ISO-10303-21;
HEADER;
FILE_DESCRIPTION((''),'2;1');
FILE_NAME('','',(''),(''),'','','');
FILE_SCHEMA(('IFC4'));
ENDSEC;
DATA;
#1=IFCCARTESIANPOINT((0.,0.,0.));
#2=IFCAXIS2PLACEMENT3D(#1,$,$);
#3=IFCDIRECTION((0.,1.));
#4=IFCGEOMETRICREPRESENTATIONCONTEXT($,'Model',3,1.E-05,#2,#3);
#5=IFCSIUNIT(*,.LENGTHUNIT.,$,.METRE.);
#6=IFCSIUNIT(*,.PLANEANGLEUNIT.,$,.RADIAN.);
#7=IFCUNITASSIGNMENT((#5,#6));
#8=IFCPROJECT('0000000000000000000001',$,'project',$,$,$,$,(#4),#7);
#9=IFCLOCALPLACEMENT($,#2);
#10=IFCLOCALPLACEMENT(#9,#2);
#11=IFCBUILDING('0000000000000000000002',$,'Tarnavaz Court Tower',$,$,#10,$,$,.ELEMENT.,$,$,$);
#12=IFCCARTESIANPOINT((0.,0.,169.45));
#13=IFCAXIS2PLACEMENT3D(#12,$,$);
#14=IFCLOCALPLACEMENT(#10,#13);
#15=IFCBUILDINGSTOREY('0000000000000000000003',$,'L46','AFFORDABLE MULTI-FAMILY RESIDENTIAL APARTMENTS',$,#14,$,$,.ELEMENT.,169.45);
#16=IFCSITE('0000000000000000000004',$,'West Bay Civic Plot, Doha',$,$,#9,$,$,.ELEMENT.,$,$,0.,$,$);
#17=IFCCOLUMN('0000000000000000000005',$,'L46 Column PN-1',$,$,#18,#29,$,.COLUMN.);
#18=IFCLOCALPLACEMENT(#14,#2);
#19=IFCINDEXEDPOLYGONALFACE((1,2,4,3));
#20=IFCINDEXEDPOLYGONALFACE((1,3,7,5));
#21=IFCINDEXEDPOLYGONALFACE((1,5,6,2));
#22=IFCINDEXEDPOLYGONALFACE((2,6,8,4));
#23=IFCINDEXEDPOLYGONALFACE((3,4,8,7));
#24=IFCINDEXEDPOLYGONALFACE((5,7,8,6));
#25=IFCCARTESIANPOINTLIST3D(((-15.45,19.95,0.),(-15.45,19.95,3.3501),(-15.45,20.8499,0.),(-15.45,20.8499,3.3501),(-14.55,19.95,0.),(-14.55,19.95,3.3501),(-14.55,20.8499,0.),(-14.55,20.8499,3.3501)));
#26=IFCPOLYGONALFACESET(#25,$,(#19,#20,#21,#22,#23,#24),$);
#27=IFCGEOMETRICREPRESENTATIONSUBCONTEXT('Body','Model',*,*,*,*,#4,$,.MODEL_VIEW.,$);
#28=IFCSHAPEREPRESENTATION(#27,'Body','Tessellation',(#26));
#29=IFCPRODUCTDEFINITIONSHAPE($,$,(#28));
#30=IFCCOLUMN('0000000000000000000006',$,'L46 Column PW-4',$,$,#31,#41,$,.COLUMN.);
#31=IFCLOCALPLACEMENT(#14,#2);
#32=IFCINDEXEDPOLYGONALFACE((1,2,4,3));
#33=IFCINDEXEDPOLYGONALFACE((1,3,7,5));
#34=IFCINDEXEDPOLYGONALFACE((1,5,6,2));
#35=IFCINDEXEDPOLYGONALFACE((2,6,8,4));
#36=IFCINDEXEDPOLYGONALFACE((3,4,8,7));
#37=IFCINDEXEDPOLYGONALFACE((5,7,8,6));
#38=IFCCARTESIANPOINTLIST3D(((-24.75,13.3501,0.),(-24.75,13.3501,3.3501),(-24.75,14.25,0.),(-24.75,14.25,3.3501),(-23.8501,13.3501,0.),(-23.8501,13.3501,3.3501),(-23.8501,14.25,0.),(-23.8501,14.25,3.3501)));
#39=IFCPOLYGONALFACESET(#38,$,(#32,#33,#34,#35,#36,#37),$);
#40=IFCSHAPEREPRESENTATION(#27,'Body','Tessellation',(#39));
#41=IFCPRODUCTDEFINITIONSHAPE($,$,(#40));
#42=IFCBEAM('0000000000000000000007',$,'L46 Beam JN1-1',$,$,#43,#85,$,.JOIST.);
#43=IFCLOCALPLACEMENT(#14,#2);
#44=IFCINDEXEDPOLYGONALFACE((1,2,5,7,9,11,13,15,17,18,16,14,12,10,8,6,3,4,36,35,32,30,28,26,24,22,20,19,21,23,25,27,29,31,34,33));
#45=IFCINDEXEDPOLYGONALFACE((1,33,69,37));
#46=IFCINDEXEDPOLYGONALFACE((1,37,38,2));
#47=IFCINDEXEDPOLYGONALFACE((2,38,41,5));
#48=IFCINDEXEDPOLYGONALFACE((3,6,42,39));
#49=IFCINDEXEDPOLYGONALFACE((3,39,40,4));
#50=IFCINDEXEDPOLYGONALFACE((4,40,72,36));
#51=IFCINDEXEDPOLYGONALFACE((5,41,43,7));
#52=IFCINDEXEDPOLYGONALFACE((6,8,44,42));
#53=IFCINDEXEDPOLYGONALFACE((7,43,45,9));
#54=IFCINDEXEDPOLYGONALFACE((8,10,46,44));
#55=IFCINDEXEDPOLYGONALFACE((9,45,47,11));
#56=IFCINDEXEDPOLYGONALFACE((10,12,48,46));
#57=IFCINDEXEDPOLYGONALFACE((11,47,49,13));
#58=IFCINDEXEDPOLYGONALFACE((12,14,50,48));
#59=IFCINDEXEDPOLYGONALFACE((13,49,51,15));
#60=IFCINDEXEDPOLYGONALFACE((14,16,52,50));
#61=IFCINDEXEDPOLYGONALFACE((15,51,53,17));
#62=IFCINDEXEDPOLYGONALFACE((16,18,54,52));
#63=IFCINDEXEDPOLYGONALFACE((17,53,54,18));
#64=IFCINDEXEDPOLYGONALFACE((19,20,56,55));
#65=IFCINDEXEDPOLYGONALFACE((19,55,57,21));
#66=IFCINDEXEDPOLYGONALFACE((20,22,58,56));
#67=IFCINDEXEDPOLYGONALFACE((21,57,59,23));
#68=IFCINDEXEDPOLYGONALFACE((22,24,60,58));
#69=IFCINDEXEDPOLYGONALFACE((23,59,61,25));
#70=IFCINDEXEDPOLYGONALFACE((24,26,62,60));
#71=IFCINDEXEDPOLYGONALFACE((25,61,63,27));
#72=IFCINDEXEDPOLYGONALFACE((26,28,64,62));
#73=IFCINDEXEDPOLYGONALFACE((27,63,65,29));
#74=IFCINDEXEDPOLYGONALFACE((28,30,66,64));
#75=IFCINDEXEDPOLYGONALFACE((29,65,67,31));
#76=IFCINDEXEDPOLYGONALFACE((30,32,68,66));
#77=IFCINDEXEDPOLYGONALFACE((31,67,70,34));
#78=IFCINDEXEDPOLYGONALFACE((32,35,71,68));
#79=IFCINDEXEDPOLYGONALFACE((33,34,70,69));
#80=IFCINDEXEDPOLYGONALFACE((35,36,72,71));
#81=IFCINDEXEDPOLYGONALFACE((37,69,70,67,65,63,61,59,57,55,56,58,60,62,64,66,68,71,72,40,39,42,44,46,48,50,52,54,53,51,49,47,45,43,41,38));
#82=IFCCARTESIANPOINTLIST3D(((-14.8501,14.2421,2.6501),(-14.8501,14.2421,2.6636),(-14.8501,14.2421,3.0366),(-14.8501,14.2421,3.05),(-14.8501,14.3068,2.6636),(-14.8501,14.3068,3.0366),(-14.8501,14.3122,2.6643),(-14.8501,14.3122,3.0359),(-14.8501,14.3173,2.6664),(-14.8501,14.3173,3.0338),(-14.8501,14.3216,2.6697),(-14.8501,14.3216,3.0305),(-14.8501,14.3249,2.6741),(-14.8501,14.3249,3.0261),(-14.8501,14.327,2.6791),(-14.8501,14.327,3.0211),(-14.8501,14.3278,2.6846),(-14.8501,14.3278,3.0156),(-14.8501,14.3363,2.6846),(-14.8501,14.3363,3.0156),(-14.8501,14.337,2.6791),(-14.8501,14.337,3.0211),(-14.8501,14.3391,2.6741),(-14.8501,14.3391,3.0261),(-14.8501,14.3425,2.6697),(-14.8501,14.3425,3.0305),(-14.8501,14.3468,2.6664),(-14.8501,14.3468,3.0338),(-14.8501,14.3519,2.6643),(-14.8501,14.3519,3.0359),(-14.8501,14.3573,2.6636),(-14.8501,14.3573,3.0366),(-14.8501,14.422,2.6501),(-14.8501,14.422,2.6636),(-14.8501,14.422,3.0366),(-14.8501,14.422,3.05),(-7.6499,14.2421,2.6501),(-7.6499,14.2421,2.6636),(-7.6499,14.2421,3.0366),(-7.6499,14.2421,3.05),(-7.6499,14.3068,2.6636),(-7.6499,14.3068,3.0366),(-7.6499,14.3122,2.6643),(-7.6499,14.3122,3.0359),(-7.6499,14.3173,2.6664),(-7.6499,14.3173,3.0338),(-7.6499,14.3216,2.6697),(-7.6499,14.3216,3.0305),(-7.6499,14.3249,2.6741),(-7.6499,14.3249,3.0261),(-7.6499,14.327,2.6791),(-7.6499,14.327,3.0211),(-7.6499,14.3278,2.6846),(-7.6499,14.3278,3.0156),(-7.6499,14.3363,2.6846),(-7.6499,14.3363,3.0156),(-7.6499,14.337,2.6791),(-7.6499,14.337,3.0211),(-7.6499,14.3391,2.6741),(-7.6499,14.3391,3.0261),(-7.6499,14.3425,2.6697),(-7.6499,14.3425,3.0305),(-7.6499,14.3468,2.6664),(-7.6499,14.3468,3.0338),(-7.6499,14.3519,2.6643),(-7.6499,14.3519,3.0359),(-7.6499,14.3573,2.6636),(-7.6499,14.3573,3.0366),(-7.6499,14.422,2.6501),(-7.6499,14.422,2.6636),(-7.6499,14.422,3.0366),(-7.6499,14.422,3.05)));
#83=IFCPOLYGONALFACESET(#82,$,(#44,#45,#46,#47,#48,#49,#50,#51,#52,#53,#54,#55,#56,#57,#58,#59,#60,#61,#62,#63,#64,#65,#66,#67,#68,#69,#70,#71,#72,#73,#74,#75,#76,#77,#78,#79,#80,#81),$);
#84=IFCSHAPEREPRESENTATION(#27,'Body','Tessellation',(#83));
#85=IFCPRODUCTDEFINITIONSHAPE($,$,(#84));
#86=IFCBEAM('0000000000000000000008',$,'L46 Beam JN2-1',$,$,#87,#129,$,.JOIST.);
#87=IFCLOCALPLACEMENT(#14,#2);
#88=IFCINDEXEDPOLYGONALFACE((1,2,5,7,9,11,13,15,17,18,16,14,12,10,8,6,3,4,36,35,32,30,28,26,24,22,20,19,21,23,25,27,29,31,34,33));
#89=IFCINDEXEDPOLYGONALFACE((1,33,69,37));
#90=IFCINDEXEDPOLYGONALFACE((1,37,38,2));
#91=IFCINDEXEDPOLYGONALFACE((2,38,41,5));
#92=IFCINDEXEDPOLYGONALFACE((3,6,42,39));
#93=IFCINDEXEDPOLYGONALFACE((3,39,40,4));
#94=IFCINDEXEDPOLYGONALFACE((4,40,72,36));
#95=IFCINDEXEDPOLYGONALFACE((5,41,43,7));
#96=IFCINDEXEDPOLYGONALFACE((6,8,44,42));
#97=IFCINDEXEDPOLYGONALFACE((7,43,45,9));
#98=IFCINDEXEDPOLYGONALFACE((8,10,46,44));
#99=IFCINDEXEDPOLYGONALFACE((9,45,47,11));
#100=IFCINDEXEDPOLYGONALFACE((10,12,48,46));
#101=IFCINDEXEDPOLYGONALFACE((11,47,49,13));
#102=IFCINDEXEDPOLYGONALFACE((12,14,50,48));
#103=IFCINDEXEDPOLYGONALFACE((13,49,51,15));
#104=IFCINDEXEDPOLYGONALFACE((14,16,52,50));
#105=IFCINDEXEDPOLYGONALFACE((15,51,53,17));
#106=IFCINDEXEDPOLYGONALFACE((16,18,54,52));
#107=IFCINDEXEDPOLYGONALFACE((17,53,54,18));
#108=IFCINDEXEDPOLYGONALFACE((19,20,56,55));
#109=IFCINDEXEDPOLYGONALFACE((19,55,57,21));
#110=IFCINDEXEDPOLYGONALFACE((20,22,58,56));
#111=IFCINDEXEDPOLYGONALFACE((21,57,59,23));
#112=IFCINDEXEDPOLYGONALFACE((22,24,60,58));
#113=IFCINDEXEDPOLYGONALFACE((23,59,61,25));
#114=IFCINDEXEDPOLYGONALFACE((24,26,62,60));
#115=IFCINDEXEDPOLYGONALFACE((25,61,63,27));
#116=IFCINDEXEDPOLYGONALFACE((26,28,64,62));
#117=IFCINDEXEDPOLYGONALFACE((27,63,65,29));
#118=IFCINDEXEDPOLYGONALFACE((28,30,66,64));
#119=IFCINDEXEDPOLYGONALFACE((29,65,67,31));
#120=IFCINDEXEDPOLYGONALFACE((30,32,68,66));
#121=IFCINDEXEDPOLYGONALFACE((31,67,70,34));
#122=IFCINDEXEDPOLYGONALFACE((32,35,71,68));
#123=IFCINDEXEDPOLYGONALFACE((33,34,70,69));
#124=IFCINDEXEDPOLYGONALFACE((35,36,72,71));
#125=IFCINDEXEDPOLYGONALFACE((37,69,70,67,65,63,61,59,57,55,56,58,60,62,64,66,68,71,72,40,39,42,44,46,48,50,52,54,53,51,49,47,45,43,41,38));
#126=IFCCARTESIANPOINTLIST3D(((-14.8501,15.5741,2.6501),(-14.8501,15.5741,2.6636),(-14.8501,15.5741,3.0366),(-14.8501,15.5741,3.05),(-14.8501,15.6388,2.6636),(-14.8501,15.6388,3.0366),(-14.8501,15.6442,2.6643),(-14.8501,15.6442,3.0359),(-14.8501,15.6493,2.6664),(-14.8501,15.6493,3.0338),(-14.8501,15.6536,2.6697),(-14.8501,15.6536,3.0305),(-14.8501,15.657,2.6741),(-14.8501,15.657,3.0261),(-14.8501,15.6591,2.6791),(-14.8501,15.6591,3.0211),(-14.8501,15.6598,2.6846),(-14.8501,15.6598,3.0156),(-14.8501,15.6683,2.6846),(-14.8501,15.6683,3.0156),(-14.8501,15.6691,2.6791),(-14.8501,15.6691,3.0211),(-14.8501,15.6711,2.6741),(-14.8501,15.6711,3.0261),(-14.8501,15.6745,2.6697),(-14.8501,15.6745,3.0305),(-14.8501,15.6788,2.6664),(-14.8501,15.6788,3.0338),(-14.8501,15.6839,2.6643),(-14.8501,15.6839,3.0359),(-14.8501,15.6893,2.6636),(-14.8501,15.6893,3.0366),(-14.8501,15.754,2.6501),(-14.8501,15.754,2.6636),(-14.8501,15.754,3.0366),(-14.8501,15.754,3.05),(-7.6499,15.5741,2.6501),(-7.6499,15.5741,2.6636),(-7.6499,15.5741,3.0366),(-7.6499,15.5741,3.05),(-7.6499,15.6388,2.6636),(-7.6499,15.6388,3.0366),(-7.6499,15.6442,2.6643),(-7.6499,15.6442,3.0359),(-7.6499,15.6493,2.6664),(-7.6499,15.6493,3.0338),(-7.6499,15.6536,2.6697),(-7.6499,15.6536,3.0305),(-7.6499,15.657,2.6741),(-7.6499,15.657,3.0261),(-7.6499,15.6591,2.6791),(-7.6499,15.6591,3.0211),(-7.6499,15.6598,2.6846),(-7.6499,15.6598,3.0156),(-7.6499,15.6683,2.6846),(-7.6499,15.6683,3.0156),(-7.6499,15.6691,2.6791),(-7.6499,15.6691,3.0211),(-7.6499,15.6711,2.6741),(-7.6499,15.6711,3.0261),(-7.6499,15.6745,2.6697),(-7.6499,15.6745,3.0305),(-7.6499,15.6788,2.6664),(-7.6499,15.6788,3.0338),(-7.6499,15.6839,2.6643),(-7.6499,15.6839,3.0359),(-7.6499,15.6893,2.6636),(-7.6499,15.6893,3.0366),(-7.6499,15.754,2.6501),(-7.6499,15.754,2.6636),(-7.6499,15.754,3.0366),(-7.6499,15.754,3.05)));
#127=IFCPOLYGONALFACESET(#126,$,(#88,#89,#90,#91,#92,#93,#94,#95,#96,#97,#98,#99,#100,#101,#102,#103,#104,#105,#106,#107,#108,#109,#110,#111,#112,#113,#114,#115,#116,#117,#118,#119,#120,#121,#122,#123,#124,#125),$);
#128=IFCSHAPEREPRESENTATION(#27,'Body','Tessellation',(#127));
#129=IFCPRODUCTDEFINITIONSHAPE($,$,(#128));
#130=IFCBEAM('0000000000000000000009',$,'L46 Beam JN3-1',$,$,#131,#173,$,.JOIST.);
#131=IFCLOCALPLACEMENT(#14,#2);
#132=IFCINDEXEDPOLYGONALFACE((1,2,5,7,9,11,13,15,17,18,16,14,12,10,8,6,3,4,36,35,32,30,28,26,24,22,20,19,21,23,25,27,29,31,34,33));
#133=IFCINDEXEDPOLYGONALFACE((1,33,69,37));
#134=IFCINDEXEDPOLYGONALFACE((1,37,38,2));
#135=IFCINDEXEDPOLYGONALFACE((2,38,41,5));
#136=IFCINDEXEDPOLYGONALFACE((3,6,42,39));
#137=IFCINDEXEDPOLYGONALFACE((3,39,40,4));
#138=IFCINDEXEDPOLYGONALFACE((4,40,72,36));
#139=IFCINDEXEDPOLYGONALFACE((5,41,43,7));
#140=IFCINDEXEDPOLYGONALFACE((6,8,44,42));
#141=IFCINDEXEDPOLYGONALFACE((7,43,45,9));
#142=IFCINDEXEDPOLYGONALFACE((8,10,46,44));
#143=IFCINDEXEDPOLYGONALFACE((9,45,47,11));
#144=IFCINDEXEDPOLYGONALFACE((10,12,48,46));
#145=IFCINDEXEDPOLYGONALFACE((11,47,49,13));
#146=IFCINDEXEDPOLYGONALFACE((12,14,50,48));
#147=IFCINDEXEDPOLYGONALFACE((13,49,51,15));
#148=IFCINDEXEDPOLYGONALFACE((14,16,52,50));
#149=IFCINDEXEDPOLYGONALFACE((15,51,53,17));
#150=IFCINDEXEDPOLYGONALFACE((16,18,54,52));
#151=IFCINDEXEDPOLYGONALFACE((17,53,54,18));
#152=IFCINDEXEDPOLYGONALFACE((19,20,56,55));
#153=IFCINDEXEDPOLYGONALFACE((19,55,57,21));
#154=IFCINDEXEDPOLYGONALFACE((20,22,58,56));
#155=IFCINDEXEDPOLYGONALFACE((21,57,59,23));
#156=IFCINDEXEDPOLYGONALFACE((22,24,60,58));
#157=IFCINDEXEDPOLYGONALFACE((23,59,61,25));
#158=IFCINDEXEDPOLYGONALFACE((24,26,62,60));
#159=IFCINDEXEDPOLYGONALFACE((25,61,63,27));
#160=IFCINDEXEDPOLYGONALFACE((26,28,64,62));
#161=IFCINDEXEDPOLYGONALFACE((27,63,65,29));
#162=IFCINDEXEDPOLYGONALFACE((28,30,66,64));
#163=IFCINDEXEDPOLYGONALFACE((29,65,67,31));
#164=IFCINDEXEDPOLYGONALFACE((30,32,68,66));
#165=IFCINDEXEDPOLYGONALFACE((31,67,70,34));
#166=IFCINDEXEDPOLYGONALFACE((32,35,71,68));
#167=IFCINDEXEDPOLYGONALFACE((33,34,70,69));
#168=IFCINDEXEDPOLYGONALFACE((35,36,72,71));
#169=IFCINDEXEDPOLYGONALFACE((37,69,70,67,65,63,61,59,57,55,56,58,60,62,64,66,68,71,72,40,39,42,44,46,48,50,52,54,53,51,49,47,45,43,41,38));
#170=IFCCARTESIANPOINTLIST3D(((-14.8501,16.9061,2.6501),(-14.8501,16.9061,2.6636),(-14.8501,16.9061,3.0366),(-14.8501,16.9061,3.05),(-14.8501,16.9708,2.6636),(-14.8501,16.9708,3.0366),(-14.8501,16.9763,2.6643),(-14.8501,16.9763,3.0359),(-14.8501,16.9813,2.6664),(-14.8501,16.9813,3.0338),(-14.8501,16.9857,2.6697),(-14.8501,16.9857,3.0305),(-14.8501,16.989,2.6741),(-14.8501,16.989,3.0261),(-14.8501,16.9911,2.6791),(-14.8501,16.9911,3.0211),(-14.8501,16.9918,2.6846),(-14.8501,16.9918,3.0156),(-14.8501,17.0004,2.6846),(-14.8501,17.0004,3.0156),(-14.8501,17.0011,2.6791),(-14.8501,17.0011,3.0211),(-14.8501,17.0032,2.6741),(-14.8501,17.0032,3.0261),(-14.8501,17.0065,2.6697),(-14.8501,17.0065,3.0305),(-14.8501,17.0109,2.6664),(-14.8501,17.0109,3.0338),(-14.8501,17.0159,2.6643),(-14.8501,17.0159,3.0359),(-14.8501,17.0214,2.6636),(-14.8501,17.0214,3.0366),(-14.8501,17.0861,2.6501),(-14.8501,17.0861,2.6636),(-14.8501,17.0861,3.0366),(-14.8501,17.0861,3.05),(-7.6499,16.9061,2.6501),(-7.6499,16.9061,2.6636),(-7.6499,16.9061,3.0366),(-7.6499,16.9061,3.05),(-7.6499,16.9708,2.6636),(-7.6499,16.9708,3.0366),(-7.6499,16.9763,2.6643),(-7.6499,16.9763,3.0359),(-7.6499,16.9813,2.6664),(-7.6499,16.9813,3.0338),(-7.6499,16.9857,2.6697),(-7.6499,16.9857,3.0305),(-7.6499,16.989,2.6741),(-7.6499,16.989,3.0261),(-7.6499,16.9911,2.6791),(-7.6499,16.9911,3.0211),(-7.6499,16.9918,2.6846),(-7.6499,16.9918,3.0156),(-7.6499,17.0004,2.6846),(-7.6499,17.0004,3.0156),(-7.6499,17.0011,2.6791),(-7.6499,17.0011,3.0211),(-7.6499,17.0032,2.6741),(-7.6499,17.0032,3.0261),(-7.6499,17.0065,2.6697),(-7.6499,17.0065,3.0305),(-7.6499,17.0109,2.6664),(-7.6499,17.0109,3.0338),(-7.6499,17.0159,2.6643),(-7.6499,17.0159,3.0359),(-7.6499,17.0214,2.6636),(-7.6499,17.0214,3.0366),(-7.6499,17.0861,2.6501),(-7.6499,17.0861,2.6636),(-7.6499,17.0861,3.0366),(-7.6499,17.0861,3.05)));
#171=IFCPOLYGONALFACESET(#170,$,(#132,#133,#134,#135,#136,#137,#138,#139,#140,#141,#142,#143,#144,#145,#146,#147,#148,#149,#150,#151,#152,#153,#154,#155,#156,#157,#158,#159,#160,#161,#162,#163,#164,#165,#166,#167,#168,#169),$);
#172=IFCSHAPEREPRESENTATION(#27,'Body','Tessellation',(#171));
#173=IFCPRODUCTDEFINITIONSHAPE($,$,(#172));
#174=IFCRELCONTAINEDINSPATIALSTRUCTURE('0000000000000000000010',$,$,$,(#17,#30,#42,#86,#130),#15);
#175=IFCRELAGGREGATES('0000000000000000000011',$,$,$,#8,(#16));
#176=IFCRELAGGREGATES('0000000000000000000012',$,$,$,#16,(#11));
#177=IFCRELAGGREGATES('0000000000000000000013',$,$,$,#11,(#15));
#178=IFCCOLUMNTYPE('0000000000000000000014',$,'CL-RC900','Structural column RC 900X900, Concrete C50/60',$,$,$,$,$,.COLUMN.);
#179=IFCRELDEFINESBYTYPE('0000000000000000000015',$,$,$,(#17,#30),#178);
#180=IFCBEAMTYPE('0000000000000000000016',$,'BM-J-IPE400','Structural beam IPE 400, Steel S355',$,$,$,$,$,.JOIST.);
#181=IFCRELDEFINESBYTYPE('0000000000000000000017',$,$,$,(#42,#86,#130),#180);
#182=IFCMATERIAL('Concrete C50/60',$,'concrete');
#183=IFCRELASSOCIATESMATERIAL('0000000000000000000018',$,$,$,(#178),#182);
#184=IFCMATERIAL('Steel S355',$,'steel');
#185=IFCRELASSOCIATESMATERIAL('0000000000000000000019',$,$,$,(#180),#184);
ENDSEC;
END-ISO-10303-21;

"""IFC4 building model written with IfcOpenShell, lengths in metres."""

from ifc_helpers import new_model, si_unit, direction, frame, origin, origin_2d, place, context, subcontext, project, spatial, rectangle, i_section, extrude, material, material_profile, profile_set, type_object, element, save


model = new_model("IFC4")

# Units and contexts
model_context = context("Model", 3, precision=1e-05, world=origin(), true_north=direction((0.0, 1.0)))
body_context = subcontext(model_context, "Body", "Model", "MODEL_VIEW")
ifc_project = project(units=[si_unit("LENGTHUNIT", "METRE"), si_unit("PLANEANGLEUNIT", "RADIAN")], contexts=[model_context])

# Site, building, storey
site_placement = place(None, origin())
site = spatial("IfcSite", under=ifc_project, at=site_placement, Name="West Bay Civic Plot, Doha", CompositionType="ELEMENT", RefElevation=0.0)
building_placement = place(site_placement, origin())
building = spatial("IfcBuilding", under=site, at=building_placement, Name="Tarnavaz Court Tower", CompositionType="ELEMENT")
storey_placement = place(building_placement, frame((0.0, 0.0, 169.45)))
storey = spatial("IfcBuildingStorey", under=building, at=storey_placement, Name="L46", Description="AFFORDABLE MULTI-FAMILY RESIDENTIAL APARTMENTS", CompositionType="ELEMENT", Elevation=169.45)

# Columns
ifc_material_1 = material(Name="Concrete C50/60", Category="concrete")
ifc_material_profile_1 = material_profile(ifc_material_1, rectangle(XDim=0.8999, YDim=0.8999, at=origin_2d()), Name="RC 900X900")
ifc_profile_set_1 = profile_set([ifc_material_profile_1], Name="Concrete C50/60")
column_type = type_object("IfcColumnType", Name="CL-RC900", Description="Structural column RC 900X900, Concrete C50/60", PredefinedType="COLUMN", material=ifc_profile_set_1)
for number, where, z_axis, x_axis, name in (
    (1, (-15.0, 20.3999, 0.0), (0.0, 0.0, 1.0), (1.0, 0.0, 0.0), "L46 Column PN-1"),
    (2, (-24.3, 13.8, 0.0), (0.0, 0.0, 1.0), (1.0, 0.0, 0.0), "L46 Column PW-4"),
):
    element("IfcColumn", number, at=place(storey_placement, frame(where, z_axis=z_axis, x_axis=x_axis)), inside=storey, type_object=column_type, Name=name, PredefinedType="COLUMN", context=body_context, shape_type="SweptSolid", body=[
        extrude(rectangle(XDim=0.8999, YDim=0.8999, at=origin_2d()), origin(), (0.0, 0.0, 1.0), 3.3501),
    ])

# Beams
ifc_material_2 = material(Name="Steel S355", Category="steel")
ifc_material_profile_2 = material_profile(ifc_material_2, i_section(OverallWidth=0.1799, OverallDepth=0.3999, WebThickness=0.0085, FlangeThickness=0.0134, FilletRadius=0.021, at=origin_2d()), Name="IPE 400")
ifc_profile_set_2 = profile_set([ifc_material_profile_2], Name="Steel S355")
beam_type_1 = type_object("IfcBeamType", Name="BM-J-IPE400", Description="Structural beam IPE 400, Steel S355", PredefinedType="JOIST", material=ifc_profile_set_2)
for number, where, z_axis, x_axis, name in (
    (3, (-14.8501, 14.332, 2.8501), (1.0, 0.0, 0.0), (0.0, 1.0, 0.0), "L46 Beam JN1-1"),
    (4, (-14.8501, 15.6641, 2.8501), (1.0, 0.0, 0.0), (0.0, 1.0, 0.0), "L46 Beam JN2-1"),
    (5, (-14.8501, 16.9961, 2.8501), (1.0, 0.0, 0.0), (0.0, 1.0, 0.0), "L46 Beam JN3-1"),
):
    element("IfcBeam", number, at=place(storey_placement, frame(where, z_axis=z_axis, x_axis=x_axis)), inside=storey, type_object=beam_type_1, Name=name, PredefinedType="JOIST", context=body_context, shape_type="SweptSolid", body=[
        extrude(i_section(OverallWidth=0.1799, OverallDepth=0.3999, WebThickness=0.0085, FlangeThickness=0.0134, FilletRadius=0.021, at=origin_2d()), origin(), (0.0, 0.0, 1.0), 7.2002),
    ])

save(model, "model.ifc")
